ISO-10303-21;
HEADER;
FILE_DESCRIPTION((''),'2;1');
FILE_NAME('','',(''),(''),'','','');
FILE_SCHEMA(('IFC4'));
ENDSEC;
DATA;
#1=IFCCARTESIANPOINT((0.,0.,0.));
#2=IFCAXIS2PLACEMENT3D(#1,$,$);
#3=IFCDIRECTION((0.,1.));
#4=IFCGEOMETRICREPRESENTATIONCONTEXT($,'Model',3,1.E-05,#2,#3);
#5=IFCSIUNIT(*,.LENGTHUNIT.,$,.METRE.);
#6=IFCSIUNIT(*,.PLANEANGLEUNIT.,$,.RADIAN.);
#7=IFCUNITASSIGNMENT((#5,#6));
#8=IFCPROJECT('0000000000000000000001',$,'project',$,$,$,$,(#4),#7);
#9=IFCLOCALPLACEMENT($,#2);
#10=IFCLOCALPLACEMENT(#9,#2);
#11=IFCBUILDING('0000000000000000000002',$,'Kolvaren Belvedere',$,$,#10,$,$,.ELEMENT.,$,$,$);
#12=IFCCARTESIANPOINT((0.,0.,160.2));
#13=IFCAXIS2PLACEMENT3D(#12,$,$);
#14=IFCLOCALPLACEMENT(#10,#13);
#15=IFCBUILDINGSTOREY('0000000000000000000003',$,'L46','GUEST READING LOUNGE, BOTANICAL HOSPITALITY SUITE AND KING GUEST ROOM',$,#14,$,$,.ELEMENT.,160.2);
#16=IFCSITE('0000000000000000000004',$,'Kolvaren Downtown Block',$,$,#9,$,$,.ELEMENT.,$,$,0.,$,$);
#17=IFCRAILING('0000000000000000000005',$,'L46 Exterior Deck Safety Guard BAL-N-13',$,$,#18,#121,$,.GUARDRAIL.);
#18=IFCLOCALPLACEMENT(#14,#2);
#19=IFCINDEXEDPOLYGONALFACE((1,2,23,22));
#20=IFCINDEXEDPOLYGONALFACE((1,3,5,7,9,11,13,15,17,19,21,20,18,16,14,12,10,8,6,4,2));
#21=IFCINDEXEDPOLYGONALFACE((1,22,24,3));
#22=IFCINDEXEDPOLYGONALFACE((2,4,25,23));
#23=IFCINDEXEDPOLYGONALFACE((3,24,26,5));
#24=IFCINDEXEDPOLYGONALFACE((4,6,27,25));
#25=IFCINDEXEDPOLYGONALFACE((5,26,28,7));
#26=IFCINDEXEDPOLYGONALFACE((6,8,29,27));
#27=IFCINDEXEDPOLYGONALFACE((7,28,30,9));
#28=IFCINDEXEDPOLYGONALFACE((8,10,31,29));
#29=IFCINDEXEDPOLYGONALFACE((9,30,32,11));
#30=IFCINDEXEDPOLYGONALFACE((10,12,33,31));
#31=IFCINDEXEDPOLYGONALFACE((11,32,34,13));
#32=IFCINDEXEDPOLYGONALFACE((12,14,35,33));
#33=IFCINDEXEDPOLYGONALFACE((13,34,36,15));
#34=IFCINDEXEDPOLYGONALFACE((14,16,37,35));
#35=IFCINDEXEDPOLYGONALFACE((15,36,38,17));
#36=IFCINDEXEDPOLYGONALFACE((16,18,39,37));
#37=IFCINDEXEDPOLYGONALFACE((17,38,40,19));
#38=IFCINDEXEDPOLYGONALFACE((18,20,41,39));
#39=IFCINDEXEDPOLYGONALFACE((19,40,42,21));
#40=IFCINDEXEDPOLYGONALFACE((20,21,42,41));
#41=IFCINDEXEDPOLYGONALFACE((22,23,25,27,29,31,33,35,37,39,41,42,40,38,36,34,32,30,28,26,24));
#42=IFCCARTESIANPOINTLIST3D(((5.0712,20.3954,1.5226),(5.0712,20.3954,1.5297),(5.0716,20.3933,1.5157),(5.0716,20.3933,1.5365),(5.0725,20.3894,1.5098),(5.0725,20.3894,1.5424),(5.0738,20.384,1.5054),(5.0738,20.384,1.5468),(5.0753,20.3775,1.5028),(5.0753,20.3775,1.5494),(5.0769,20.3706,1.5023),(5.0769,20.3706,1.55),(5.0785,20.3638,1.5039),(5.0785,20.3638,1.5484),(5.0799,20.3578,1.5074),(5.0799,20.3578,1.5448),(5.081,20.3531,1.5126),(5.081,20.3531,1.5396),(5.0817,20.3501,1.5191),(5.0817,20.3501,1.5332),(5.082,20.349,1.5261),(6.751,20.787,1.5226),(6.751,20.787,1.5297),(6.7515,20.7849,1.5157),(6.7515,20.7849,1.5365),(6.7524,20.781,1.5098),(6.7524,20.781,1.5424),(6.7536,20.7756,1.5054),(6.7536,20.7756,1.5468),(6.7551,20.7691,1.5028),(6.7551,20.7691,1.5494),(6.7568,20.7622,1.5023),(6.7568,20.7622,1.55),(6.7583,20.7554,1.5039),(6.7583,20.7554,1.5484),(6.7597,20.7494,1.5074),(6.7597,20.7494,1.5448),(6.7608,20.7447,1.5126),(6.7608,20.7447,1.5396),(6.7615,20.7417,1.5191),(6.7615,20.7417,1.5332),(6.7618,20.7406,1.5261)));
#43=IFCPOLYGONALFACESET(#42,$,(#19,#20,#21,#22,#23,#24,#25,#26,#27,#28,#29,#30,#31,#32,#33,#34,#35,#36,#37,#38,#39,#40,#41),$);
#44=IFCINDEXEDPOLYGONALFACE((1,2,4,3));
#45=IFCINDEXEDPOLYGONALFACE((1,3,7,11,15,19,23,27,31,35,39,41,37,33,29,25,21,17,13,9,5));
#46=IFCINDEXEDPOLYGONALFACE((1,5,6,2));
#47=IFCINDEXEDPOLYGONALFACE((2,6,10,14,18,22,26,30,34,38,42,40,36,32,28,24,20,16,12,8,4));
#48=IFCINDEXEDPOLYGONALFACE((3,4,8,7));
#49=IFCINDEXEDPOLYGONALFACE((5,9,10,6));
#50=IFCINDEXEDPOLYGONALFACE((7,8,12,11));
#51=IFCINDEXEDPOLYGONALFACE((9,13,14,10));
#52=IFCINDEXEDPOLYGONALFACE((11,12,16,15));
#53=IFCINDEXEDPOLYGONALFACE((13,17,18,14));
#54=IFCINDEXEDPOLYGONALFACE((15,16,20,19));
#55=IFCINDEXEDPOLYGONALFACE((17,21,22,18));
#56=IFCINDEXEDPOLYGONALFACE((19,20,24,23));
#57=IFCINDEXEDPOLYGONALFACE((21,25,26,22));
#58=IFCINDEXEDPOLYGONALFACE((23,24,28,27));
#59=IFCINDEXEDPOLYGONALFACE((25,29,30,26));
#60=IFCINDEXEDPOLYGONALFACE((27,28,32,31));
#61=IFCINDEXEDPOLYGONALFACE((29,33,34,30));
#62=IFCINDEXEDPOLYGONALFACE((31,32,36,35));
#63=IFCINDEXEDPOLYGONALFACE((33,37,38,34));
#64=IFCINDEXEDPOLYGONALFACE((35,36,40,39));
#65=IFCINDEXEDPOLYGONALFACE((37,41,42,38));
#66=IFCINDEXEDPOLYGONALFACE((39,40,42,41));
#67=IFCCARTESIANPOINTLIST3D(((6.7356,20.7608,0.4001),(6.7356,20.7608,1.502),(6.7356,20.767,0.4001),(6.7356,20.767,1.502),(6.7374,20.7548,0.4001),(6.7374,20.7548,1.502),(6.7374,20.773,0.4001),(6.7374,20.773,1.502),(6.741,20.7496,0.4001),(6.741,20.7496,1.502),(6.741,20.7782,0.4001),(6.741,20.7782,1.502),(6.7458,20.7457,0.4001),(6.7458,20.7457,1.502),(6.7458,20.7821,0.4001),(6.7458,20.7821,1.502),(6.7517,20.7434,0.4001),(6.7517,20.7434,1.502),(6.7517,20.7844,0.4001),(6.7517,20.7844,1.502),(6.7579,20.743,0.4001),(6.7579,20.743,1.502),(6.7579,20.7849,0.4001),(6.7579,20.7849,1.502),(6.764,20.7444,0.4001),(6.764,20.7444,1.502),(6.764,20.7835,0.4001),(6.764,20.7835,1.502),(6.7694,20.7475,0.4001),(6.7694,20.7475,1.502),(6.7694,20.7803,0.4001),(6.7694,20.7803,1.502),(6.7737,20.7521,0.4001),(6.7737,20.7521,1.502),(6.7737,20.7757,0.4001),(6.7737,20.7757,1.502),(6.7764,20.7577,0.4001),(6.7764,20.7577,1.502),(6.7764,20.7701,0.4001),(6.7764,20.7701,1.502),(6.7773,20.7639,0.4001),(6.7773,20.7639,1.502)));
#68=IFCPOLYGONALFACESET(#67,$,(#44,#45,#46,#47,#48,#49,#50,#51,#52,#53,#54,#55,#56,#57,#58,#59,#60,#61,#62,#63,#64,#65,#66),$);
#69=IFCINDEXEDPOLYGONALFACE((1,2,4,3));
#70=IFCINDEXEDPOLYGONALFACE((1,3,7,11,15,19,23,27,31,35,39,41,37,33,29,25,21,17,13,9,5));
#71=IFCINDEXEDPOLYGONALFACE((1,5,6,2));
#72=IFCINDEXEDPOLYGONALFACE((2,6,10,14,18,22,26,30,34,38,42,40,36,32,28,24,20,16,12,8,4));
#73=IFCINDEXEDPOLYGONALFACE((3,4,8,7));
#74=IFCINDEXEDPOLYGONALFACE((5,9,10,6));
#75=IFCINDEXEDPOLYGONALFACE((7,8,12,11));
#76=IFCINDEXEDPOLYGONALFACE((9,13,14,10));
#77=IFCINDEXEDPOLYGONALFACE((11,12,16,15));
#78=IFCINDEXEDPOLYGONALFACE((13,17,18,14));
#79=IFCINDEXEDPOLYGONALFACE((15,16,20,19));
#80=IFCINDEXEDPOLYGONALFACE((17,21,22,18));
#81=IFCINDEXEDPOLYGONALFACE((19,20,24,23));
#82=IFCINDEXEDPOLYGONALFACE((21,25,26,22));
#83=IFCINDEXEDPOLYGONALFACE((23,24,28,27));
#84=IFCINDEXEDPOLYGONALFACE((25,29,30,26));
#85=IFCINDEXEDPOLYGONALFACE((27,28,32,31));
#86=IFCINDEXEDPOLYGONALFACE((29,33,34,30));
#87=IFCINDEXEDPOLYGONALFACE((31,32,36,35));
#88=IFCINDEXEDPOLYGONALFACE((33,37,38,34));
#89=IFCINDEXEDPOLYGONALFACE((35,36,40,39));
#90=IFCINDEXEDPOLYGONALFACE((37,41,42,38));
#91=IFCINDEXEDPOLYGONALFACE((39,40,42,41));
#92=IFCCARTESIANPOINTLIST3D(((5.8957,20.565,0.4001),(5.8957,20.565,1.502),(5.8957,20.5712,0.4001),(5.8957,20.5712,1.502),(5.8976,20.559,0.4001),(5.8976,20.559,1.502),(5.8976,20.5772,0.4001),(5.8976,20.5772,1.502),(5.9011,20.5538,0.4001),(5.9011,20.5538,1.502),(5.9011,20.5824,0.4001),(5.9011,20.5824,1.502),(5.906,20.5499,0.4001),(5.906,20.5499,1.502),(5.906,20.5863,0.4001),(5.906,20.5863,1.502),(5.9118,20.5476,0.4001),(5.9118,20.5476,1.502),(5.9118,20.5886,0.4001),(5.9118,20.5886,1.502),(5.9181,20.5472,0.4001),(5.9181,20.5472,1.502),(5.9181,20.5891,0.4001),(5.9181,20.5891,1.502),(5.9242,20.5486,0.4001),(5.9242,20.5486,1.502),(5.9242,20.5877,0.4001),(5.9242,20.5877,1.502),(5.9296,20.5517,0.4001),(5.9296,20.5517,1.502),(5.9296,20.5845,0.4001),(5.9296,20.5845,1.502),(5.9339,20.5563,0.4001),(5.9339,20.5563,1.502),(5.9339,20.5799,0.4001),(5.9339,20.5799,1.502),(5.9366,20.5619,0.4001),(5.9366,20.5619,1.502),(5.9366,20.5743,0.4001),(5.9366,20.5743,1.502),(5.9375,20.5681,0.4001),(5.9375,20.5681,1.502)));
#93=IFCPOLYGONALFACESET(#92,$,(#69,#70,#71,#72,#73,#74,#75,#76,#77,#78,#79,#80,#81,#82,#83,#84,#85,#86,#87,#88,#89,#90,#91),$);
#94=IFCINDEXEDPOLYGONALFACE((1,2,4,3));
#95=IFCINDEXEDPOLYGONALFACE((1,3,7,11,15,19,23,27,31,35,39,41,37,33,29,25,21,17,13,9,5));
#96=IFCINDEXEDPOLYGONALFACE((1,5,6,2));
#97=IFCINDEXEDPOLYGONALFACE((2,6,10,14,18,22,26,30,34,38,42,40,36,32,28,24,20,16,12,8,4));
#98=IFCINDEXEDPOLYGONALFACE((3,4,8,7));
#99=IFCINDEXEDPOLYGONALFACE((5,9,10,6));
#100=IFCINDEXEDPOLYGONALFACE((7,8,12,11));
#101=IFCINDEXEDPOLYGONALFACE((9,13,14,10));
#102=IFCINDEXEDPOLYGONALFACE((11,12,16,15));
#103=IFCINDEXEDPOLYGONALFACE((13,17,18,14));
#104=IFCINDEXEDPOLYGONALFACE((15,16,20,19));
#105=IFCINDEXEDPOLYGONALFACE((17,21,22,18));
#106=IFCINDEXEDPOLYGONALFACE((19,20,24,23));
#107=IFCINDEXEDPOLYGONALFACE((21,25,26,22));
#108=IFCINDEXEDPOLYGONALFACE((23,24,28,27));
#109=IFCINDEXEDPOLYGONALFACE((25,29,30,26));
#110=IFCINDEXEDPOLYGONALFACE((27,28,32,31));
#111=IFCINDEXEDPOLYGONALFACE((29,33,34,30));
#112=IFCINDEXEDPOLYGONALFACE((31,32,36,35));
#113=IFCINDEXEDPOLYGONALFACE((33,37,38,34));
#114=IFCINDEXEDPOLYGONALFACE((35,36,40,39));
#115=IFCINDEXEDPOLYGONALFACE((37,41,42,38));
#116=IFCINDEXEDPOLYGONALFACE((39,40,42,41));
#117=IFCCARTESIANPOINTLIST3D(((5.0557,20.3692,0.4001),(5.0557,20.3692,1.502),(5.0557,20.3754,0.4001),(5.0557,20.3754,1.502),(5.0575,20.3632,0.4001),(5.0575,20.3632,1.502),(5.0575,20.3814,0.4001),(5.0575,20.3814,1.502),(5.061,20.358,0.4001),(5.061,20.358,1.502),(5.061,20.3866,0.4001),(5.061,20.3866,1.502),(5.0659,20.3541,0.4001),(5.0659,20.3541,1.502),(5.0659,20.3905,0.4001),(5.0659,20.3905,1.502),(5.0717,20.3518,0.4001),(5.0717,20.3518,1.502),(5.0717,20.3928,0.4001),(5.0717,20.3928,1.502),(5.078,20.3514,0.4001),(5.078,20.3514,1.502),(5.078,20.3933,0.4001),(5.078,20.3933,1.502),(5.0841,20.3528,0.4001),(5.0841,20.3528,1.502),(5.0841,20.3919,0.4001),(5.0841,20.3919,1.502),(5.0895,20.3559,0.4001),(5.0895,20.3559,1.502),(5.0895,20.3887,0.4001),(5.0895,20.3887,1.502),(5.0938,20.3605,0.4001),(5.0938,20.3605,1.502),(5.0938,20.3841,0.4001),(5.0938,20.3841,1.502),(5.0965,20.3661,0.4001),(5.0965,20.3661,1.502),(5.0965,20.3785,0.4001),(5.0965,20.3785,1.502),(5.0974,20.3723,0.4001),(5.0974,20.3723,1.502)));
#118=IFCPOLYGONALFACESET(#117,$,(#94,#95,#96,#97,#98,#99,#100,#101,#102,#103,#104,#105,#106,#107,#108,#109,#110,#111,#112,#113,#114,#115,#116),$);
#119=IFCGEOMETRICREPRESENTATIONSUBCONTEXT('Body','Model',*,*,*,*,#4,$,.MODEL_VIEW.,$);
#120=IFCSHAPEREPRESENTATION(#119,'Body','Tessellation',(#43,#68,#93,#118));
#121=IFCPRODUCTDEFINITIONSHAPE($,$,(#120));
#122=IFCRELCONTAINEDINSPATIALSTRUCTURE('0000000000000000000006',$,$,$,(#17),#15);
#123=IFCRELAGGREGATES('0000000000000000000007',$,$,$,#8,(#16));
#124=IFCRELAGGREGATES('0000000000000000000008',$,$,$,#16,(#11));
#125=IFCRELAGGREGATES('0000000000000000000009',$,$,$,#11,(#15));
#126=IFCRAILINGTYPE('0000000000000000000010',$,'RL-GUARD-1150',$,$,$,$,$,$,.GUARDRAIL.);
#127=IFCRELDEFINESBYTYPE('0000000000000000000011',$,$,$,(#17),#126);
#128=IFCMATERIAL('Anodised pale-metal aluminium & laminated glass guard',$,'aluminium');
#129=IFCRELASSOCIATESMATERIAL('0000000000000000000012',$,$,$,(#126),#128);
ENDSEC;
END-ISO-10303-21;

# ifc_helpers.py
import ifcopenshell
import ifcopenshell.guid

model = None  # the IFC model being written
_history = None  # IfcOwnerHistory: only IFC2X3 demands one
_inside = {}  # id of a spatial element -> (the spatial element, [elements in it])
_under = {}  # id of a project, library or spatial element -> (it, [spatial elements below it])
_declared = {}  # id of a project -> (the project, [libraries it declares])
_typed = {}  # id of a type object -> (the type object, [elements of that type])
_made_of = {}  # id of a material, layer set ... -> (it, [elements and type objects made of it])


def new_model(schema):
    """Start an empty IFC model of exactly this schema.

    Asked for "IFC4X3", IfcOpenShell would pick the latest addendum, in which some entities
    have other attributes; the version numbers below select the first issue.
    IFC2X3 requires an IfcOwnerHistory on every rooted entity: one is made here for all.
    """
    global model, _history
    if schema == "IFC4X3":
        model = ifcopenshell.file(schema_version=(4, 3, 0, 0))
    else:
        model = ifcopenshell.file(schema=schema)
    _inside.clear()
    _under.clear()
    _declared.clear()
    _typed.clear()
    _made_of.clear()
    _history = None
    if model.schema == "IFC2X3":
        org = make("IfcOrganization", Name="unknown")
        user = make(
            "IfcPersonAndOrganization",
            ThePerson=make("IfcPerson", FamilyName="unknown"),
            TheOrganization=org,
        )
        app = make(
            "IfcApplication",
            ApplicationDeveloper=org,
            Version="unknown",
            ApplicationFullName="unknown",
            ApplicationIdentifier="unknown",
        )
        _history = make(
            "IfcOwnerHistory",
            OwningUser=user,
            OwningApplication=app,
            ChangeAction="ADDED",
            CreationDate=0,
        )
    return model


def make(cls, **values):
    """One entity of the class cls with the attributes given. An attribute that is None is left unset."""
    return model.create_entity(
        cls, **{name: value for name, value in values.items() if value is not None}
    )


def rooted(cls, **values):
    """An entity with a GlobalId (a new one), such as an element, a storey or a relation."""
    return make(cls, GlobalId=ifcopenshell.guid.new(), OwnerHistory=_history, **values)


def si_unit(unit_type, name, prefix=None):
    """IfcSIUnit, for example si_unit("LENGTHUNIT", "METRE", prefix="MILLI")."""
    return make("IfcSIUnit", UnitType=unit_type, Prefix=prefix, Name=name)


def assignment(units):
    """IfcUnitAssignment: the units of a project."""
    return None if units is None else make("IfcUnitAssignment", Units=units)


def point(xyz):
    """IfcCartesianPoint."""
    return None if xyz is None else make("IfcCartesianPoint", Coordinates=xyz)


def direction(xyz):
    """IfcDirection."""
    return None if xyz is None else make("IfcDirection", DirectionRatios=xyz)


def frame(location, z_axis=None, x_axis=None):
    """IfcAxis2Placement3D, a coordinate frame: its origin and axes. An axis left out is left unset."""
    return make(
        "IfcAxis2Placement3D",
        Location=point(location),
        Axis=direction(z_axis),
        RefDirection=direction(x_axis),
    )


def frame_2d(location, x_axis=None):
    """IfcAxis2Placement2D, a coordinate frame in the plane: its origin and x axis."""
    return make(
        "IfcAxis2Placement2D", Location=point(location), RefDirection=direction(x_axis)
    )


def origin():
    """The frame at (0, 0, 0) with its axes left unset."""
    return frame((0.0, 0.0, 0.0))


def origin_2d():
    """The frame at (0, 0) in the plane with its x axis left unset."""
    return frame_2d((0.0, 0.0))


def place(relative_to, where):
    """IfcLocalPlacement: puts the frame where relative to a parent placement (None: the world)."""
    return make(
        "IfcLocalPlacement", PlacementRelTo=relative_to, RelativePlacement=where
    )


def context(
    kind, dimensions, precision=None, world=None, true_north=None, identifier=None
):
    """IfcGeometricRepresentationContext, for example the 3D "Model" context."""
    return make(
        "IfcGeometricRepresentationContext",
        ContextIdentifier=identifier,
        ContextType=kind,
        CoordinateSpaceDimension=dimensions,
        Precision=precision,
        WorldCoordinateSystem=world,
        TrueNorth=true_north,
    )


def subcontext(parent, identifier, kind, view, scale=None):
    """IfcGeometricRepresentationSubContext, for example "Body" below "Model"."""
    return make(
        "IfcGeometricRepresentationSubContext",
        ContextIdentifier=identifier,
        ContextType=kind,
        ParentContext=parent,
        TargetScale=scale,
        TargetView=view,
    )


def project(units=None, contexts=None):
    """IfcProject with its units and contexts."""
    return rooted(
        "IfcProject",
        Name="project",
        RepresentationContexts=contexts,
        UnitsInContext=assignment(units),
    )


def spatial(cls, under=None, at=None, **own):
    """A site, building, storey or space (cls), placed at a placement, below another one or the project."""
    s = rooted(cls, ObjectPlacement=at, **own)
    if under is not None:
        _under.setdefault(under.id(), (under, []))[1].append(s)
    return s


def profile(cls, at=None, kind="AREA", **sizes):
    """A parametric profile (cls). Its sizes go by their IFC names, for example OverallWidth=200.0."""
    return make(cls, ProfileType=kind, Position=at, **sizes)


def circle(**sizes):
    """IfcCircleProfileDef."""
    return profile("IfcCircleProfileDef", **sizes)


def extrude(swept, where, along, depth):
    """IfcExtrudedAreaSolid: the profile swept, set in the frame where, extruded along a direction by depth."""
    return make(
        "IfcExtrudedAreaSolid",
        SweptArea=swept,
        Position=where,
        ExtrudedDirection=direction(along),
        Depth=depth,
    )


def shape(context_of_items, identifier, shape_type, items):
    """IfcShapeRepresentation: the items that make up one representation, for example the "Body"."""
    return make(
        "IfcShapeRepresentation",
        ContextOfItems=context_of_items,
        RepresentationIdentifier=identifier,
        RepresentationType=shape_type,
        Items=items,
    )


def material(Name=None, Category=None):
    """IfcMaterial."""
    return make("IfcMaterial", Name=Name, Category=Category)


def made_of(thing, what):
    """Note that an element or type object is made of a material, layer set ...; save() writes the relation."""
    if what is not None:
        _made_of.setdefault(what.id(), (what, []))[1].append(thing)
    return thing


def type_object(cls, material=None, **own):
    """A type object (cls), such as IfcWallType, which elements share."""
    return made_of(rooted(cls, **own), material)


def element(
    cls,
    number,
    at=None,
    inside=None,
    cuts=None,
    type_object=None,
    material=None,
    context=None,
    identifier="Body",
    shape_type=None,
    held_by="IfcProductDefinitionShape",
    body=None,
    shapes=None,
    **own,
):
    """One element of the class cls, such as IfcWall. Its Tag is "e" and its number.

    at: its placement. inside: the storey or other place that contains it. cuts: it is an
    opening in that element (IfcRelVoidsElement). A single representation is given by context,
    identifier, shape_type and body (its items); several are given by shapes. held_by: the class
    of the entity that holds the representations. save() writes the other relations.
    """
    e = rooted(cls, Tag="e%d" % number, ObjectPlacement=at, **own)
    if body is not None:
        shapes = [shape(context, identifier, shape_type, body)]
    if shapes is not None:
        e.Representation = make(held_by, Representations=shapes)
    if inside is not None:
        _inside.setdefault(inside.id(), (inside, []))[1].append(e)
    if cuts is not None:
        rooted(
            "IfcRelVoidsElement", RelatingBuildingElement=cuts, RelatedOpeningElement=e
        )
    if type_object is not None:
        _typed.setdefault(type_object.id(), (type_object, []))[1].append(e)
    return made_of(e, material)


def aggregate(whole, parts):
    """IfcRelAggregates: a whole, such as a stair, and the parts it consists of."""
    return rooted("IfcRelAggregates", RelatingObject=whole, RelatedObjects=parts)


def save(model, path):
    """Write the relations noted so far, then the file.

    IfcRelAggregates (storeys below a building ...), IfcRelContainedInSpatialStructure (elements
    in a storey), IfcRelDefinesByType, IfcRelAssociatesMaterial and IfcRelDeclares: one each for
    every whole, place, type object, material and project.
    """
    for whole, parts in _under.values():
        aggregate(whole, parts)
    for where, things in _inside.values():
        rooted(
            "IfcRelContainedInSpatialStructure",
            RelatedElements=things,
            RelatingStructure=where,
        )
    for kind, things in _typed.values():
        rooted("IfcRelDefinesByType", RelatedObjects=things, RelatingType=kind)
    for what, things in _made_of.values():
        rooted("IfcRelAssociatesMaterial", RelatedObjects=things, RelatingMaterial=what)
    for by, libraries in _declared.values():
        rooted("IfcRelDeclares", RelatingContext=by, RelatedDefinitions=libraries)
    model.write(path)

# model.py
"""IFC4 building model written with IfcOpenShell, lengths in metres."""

from ifc_helpers import new_model, si_unit, direction, frame, origin, origin_2d, place, context, subcontext, project, spatial, circle, extrude, material, type_object, element, save


model = new_model("IFC4")

# Units and contexts
model_context = context("Model", 3, precision=1e-05, world=origin(), true_north=direction((0.0, 1.0)))
body_context = subcontext(model_context, "Body", "Model", "MODEL_VIEW")
ifc_project = project(units=[si_unit("LENGTHUNIT", "METRE"), si_unit("PLANEANGLEUNIT", "RADIAN")], contexts=[model_context])

# Site, building, storey
site_placement = place(None, origin())
site = spatial("IfcSite", under=ifc_project, at=site_placement, Name="Kolvaren Downtown Block", CompositionType="ELEMENT", RefElevation=0.0)
building_placement = place(site_placement, origin())
building = spatial("IfcBuilding", under=site, at=building_placement, Name="Kolvaren Belvedere", CompositionType="ELEMENT")
storey_placement = place(building_placement, frame((0.0, 0.0, 160.2)))
storey = spatial("IfcBuildingStorey", under=building, at=storey_placement, Name="L46", Description="GUEST READING LOUNGE, BOTANICAL HOSPITALITY SUITE AND KING GUEST ROOM", CompositionType="ELEMENT", Elevation=160.2)

# Railing
ifc_material_1 = material(Name="Anodised pale-metal aluminium & laminated glass guard", Category="aluminium")
railing_type = type_object("IfcRailingType", Name="RL-GUARD-1150", PredefinedType="GUARDRAIL", material=ifc_material_1)
railing_1_placement = place(storey_placement, frame((6.7563, 20.7639, 0.4001)))
element("IfcRailing", 1, at=railing_1_placement, inside=storey, type_object=railing_type, Name="L46 Exterior Deck Safety Guard BAL-N-13", PredefinedType="GUARDRAIL", context=body_context, shape_type="SweptSolid", body=[
    extrude(circle(Radius=0.0239, at=origin_2d()), frame((0.0, 0.0, 1.126), z_axis=(-0.97389, -0.227019, 0.0), x_axis=(0.227019, -0.97389, 0.0)), (0.0, 0.0, 1.0), 1.7249),
    extrude(circle(Radius=0.021, at=origin_2d()), origin(), (0.0, 0.0, 1.0), 1.1018),
    extrude(circle(Radius=0.021, at=origin_2d()), frame((-0.8398, -0.1958, 0.0)), (0.0, 0.0, 1.0), 1.1018),
    extrude(circle(Radius=0.021, at=origin_2d()), frame((-1.6799, -0.3916, 0.0)), (0.0, 0.0, 1.0), 1.1018),
])

save(model, "model.ifc")
